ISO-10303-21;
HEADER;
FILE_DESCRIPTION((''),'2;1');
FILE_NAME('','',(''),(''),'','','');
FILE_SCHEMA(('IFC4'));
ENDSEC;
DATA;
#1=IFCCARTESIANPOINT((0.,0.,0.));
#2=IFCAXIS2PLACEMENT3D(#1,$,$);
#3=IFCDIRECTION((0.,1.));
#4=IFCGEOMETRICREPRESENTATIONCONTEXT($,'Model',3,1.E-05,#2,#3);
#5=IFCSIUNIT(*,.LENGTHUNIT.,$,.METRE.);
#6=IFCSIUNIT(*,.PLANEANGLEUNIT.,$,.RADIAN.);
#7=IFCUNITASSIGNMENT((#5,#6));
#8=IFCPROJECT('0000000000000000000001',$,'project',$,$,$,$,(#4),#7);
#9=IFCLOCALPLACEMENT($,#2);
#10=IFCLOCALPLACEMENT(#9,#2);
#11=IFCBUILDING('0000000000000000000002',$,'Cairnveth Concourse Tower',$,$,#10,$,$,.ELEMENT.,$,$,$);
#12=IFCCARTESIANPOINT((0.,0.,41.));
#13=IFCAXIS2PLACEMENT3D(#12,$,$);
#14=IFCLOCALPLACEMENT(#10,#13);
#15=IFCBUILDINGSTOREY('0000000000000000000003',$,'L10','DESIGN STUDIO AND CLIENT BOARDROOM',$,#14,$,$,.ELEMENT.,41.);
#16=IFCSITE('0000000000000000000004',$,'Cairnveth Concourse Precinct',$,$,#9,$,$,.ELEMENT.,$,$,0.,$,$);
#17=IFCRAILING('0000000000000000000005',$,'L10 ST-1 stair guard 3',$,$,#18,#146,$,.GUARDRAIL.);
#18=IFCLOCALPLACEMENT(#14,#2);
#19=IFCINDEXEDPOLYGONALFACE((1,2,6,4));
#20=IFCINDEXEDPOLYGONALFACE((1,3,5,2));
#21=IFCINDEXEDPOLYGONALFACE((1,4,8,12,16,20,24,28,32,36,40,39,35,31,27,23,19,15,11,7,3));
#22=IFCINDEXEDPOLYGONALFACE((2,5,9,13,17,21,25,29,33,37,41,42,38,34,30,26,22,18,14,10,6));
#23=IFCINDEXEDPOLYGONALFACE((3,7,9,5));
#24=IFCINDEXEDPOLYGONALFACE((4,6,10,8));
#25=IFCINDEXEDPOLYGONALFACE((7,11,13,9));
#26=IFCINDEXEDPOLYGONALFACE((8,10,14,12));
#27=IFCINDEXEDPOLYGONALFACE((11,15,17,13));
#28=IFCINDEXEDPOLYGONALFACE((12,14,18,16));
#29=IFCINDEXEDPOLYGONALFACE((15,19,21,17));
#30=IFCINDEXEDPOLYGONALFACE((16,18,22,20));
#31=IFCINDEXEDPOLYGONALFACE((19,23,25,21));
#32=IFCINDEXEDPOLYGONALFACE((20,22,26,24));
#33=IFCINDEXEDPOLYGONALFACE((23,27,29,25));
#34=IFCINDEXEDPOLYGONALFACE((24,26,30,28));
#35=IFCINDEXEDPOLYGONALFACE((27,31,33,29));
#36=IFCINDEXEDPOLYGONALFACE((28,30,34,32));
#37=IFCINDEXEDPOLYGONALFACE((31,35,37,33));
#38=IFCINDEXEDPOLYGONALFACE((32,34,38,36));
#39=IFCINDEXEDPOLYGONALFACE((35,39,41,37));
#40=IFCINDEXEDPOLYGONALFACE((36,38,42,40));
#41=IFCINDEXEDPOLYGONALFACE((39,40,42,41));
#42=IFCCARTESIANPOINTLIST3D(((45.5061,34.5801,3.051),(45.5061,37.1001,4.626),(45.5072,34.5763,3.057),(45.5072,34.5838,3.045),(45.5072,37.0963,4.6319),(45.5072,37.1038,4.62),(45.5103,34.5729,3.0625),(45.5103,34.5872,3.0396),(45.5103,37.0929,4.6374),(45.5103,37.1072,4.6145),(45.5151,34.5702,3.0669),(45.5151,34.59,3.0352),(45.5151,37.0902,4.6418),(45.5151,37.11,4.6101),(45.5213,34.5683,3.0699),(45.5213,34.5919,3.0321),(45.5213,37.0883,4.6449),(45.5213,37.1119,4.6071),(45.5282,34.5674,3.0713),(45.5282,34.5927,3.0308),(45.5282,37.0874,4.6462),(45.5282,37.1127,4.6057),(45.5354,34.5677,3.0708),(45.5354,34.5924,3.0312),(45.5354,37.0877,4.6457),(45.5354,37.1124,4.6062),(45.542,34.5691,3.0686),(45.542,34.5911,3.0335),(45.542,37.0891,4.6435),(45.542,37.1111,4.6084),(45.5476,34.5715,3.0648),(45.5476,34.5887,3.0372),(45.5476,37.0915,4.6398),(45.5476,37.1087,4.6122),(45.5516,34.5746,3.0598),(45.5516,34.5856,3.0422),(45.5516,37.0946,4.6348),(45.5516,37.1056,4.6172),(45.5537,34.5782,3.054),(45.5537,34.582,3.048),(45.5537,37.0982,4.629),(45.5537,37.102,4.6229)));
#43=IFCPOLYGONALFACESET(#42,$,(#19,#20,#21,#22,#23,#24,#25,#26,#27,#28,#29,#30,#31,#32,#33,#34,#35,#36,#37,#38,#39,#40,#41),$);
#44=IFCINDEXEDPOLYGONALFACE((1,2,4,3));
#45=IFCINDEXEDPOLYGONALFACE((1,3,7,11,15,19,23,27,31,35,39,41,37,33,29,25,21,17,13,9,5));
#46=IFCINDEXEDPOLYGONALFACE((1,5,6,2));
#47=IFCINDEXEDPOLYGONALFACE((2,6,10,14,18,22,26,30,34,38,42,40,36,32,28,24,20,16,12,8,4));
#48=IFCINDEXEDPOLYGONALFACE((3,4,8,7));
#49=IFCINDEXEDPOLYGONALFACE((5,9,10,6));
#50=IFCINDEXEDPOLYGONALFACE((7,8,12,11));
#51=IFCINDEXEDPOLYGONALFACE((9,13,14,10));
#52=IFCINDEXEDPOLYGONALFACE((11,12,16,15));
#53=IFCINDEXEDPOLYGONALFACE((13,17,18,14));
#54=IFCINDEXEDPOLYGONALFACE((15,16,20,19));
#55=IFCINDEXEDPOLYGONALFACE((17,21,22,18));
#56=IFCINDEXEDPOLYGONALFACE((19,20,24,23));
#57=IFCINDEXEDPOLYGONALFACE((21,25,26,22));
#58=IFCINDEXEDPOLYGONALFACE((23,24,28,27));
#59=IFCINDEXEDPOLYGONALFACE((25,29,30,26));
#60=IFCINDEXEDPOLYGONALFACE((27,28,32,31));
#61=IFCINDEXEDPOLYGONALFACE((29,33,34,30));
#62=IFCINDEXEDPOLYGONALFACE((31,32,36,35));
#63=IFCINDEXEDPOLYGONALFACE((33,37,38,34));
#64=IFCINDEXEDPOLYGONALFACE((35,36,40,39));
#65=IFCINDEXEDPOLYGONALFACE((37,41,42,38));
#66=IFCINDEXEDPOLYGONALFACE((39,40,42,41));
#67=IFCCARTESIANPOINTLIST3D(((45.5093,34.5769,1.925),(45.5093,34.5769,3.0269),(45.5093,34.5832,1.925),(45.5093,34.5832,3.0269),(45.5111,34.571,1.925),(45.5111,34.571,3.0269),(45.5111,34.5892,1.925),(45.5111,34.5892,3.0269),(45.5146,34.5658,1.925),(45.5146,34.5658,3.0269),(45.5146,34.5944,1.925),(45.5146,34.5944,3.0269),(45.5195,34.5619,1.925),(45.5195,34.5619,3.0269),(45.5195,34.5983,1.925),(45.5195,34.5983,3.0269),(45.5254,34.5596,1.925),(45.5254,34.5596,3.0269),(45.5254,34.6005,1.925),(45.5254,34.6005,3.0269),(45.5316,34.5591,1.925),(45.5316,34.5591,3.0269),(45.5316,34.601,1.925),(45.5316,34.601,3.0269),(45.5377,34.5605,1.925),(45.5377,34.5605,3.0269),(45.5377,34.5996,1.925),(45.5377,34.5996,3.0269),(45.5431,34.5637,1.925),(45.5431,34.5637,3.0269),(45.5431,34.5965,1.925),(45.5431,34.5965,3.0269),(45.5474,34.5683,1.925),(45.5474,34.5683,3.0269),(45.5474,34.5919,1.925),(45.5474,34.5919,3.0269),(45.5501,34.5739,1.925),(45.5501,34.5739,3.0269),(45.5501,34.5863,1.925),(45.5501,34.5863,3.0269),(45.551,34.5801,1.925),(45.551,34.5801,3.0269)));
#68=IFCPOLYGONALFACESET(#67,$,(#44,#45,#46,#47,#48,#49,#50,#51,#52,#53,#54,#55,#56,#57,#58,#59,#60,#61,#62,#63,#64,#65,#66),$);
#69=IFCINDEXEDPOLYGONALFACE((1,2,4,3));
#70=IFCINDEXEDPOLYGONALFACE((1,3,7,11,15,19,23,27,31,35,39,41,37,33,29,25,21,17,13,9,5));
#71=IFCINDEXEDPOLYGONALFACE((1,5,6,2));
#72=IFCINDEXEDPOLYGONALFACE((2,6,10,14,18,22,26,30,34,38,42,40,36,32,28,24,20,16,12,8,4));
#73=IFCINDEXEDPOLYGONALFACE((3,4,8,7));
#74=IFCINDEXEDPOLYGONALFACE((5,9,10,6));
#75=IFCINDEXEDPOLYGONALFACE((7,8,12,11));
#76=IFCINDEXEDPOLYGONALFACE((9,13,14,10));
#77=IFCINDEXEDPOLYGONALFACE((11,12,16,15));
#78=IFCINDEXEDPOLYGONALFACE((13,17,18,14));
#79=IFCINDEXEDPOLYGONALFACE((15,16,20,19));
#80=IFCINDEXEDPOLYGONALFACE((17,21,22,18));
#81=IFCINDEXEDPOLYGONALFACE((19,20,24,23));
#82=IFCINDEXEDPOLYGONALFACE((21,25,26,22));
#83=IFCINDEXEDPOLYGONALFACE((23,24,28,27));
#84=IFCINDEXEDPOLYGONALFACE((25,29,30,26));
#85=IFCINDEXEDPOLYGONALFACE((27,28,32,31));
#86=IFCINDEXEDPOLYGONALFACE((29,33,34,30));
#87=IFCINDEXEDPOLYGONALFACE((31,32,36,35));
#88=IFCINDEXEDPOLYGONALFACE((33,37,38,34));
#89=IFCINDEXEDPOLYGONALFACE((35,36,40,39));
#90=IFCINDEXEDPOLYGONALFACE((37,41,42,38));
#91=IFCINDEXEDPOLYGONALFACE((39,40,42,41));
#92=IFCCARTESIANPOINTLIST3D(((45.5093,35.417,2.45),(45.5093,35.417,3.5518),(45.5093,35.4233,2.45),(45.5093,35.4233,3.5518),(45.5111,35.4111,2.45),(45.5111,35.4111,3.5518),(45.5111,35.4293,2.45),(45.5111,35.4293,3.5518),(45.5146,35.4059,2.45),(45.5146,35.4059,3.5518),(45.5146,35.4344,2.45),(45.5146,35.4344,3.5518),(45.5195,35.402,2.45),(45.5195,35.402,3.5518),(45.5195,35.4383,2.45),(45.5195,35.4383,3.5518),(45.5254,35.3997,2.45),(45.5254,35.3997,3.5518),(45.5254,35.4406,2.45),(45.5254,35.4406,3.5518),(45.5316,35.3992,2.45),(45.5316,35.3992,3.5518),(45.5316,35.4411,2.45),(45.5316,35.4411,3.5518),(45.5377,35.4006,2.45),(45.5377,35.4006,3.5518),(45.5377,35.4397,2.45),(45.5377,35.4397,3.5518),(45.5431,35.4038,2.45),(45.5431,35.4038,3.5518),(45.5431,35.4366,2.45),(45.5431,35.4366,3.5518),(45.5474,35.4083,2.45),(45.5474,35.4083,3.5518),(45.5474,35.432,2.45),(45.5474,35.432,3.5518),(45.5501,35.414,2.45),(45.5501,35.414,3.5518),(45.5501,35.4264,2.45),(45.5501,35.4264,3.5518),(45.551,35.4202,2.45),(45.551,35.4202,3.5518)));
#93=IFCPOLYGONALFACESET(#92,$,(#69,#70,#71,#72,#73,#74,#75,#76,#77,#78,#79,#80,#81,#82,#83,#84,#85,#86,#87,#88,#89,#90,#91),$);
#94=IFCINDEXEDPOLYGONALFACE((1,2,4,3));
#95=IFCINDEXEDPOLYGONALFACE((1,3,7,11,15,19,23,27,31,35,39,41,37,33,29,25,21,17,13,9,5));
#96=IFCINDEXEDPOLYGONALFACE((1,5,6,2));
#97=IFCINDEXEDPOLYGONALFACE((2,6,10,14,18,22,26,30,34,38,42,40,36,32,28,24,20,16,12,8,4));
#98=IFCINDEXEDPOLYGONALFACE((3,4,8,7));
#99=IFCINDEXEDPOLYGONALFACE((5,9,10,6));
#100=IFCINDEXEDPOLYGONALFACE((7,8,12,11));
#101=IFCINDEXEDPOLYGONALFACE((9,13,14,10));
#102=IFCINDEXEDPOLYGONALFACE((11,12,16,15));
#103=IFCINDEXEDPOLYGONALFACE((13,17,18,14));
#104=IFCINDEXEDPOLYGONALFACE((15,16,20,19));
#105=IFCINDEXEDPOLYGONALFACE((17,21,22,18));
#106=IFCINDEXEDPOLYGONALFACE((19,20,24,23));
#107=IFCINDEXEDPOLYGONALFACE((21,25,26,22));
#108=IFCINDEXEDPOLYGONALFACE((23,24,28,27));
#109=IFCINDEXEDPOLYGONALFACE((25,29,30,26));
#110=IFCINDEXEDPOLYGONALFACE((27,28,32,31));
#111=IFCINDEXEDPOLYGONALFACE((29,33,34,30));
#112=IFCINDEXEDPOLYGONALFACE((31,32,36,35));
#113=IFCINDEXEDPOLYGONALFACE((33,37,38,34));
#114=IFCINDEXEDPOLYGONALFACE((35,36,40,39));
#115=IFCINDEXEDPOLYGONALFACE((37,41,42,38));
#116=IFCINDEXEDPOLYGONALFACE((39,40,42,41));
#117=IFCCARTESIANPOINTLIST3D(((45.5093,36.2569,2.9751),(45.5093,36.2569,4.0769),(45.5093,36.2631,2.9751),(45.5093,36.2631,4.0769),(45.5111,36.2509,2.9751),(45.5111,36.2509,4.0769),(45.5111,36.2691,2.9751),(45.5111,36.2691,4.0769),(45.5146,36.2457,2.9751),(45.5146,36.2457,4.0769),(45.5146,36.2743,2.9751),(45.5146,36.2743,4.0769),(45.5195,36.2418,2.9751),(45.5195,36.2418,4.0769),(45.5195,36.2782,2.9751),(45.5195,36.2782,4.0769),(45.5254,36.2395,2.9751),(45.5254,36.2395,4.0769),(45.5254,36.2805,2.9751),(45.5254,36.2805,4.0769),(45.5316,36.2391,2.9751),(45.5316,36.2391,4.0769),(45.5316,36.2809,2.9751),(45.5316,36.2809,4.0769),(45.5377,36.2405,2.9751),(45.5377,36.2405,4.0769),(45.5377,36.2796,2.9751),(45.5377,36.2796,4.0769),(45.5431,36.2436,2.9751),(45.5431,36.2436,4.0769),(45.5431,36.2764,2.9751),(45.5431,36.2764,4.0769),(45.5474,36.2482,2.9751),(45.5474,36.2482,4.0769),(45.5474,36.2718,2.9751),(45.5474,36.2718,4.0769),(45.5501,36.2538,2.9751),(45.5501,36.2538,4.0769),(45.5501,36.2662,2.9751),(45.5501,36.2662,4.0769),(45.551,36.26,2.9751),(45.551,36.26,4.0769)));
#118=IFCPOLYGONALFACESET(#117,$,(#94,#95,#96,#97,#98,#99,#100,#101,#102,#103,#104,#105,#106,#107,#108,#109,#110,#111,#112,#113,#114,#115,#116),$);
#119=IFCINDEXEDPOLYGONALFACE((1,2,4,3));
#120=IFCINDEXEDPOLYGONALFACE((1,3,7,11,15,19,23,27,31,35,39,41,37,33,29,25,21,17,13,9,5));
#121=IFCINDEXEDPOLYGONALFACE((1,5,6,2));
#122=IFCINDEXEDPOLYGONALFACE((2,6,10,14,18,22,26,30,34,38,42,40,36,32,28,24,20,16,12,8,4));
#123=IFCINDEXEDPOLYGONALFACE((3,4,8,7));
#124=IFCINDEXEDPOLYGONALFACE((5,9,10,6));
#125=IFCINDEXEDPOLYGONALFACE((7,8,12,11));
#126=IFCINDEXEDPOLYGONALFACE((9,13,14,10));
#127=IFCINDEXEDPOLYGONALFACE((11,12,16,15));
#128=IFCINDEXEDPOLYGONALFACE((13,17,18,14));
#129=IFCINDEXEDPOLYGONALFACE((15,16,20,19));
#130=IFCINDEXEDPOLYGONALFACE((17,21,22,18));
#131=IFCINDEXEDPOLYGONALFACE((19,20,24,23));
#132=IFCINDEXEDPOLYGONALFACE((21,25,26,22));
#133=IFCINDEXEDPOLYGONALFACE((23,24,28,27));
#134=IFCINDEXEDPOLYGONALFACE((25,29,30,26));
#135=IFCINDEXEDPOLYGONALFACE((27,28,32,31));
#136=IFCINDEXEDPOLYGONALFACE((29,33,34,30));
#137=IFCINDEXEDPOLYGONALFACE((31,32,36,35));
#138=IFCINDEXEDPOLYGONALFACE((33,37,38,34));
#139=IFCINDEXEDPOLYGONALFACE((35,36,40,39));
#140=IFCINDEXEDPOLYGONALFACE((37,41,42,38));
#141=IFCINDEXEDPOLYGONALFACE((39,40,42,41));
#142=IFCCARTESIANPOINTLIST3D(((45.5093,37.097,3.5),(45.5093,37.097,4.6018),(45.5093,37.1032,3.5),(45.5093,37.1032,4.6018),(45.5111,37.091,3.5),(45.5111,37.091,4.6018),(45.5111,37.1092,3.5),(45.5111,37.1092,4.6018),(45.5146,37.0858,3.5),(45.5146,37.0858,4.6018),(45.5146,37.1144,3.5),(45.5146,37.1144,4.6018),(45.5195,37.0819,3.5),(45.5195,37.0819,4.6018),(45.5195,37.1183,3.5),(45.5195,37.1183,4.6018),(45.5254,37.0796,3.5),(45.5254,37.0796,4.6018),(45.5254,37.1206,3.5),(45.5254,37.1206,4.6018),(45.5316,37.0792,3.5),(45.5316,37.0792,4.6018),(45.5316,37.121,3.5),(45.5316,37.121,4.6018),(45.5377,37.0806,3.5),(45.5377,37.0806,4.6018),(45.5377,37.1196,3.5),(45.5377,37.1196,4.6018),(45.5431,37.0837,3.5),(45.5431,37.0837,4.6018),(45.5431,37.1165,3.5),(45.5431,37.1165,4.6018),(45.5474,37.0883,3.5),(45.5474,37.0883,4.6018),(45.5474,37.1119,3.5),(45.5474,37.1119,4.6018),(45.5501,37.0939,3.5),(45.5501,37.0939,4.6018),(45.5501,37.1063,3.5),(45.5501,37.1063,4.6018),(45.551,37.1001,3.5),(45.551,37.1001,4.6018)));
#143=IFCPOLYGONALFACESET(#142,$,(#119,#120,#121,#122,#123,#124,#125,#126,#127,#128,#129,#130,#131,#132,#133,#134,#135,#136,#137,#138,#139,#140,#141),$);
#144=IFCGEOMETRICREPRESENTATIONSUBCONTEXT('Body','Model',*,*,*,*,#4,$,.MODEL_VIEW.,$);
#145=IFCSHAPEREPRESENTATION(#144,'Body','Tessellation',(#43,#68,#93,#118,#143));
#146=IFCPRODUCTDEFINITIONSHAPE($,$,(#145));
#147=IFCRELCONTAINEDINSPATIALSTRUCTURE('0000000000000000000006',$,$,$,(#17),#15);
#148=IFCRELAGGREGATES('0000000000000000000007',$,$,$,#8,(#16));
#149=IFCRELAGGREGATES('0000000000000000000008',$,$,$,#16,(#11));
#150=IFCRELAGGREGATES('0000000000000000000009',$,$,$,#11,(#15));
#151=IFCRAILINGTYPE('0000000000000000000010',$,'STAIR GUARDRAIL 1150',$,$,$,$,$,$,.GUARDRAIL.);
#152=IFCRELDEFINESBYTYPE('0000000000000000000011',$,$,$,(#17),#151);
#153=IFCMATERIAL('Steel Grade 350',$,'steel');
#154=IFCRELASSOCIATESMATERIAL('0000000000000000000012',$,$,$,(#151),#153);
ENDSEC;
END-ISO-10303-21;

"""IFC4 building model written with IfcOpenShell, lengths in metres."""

from ifc_helpers import new_model, si_unit, direction, frame, origin, origin_2d, place, context, subcontext, project, spatial, circle, extrude, material, type_object, element, save


model = new_model("IFC4")

# Units and contexts
model_context = context("Model", 3, precision=1e-05, world=origin(), true_north=direction((0.0, 1.0)))
body_context = subcontext(model_context, "Body", "Model", "MODEL_VIEW")
ifc_project = project(units=[si_unit("LENGTHUNIT", "METRE"), si_unit("PLANEANGLEUNIT", "RADIAN")], contexts=[model_context])

# Site, building, storey
site_placement = place(None, origin())
site = spatial("IfcSite", under=ifc_project, at=site_placement, Name="Cairnveth Concourse Precinct", CompositionType="ELEMENT", RefElevation=0.0)
building_placement = place(site_placement, origin())
building = spatial("IfcBuilding", under=site, at=building_placement, Name="Cairnveth Concourse Tower", CompositionType="ELEMENT")
storey_placement = place(building_placement, frame((0.0, 0.0, 41.0)))
storey = spatial("IfcBuildingStorey", under=building, at=storey_placement, Name="L10", Description="DESIGN STUDIO AND CLIENT BOARDROOM", CompositionType="ELEMENT", Elevation=41.0)

# Railing
ifc_material_1 = material(Name="Steel Grade 350", Category="steel")
railing_type_1 = type_object("IfcRailingType", Name="STAIR GUARDRAIL 1150", PredefinedType="GUARDRAIL", material=ifc_material_1)
railing_1_placement = place(storey_placement, frame((45.53, 34.5801, 1.925)))
element("IfcRailing", 1, at=railing_1_placement, inside=storey, type_object=railing_type_1, Name="L10 ST-1 stair guard 3", PredefinedType="GUARDRAIL", context=body_context, shape_type="SweptSolid", body=[
    extrude(circle(Radius=0.0239, at=origin_2d()), frame((0.0, 0.0, 1.126), z_axis=(0.0, 0.848008, 0.529984), x_axis=(-1.0, 0.0, 0.0)), (0.0, 0.0, 1.0), 2.9717),
    extrude(circle(Radius=0.021, at=origin_2d()), origin(), (0.0, 0.0, 1.0), 1.1018),
    extrude(circle(Radius=0.021, at=origin_2d()), frame((0.0, 0.8401, 0.5249)), (0.0, 0.0, 1.0), 1.1018),
    extrude(circle(Radius=0.021, at=origin_2d()), frame((0.0, 1.6799, 1.05)), (0.0, 0.0, 1.0), 1.1018),
    extrude(circle(Radius=0.021, at=origin_2d()), frame((0.0, 2.52, 1.575)), (0.0, 0.0, 1.0), 1.1018),
])

save(model, "model.ifc")
